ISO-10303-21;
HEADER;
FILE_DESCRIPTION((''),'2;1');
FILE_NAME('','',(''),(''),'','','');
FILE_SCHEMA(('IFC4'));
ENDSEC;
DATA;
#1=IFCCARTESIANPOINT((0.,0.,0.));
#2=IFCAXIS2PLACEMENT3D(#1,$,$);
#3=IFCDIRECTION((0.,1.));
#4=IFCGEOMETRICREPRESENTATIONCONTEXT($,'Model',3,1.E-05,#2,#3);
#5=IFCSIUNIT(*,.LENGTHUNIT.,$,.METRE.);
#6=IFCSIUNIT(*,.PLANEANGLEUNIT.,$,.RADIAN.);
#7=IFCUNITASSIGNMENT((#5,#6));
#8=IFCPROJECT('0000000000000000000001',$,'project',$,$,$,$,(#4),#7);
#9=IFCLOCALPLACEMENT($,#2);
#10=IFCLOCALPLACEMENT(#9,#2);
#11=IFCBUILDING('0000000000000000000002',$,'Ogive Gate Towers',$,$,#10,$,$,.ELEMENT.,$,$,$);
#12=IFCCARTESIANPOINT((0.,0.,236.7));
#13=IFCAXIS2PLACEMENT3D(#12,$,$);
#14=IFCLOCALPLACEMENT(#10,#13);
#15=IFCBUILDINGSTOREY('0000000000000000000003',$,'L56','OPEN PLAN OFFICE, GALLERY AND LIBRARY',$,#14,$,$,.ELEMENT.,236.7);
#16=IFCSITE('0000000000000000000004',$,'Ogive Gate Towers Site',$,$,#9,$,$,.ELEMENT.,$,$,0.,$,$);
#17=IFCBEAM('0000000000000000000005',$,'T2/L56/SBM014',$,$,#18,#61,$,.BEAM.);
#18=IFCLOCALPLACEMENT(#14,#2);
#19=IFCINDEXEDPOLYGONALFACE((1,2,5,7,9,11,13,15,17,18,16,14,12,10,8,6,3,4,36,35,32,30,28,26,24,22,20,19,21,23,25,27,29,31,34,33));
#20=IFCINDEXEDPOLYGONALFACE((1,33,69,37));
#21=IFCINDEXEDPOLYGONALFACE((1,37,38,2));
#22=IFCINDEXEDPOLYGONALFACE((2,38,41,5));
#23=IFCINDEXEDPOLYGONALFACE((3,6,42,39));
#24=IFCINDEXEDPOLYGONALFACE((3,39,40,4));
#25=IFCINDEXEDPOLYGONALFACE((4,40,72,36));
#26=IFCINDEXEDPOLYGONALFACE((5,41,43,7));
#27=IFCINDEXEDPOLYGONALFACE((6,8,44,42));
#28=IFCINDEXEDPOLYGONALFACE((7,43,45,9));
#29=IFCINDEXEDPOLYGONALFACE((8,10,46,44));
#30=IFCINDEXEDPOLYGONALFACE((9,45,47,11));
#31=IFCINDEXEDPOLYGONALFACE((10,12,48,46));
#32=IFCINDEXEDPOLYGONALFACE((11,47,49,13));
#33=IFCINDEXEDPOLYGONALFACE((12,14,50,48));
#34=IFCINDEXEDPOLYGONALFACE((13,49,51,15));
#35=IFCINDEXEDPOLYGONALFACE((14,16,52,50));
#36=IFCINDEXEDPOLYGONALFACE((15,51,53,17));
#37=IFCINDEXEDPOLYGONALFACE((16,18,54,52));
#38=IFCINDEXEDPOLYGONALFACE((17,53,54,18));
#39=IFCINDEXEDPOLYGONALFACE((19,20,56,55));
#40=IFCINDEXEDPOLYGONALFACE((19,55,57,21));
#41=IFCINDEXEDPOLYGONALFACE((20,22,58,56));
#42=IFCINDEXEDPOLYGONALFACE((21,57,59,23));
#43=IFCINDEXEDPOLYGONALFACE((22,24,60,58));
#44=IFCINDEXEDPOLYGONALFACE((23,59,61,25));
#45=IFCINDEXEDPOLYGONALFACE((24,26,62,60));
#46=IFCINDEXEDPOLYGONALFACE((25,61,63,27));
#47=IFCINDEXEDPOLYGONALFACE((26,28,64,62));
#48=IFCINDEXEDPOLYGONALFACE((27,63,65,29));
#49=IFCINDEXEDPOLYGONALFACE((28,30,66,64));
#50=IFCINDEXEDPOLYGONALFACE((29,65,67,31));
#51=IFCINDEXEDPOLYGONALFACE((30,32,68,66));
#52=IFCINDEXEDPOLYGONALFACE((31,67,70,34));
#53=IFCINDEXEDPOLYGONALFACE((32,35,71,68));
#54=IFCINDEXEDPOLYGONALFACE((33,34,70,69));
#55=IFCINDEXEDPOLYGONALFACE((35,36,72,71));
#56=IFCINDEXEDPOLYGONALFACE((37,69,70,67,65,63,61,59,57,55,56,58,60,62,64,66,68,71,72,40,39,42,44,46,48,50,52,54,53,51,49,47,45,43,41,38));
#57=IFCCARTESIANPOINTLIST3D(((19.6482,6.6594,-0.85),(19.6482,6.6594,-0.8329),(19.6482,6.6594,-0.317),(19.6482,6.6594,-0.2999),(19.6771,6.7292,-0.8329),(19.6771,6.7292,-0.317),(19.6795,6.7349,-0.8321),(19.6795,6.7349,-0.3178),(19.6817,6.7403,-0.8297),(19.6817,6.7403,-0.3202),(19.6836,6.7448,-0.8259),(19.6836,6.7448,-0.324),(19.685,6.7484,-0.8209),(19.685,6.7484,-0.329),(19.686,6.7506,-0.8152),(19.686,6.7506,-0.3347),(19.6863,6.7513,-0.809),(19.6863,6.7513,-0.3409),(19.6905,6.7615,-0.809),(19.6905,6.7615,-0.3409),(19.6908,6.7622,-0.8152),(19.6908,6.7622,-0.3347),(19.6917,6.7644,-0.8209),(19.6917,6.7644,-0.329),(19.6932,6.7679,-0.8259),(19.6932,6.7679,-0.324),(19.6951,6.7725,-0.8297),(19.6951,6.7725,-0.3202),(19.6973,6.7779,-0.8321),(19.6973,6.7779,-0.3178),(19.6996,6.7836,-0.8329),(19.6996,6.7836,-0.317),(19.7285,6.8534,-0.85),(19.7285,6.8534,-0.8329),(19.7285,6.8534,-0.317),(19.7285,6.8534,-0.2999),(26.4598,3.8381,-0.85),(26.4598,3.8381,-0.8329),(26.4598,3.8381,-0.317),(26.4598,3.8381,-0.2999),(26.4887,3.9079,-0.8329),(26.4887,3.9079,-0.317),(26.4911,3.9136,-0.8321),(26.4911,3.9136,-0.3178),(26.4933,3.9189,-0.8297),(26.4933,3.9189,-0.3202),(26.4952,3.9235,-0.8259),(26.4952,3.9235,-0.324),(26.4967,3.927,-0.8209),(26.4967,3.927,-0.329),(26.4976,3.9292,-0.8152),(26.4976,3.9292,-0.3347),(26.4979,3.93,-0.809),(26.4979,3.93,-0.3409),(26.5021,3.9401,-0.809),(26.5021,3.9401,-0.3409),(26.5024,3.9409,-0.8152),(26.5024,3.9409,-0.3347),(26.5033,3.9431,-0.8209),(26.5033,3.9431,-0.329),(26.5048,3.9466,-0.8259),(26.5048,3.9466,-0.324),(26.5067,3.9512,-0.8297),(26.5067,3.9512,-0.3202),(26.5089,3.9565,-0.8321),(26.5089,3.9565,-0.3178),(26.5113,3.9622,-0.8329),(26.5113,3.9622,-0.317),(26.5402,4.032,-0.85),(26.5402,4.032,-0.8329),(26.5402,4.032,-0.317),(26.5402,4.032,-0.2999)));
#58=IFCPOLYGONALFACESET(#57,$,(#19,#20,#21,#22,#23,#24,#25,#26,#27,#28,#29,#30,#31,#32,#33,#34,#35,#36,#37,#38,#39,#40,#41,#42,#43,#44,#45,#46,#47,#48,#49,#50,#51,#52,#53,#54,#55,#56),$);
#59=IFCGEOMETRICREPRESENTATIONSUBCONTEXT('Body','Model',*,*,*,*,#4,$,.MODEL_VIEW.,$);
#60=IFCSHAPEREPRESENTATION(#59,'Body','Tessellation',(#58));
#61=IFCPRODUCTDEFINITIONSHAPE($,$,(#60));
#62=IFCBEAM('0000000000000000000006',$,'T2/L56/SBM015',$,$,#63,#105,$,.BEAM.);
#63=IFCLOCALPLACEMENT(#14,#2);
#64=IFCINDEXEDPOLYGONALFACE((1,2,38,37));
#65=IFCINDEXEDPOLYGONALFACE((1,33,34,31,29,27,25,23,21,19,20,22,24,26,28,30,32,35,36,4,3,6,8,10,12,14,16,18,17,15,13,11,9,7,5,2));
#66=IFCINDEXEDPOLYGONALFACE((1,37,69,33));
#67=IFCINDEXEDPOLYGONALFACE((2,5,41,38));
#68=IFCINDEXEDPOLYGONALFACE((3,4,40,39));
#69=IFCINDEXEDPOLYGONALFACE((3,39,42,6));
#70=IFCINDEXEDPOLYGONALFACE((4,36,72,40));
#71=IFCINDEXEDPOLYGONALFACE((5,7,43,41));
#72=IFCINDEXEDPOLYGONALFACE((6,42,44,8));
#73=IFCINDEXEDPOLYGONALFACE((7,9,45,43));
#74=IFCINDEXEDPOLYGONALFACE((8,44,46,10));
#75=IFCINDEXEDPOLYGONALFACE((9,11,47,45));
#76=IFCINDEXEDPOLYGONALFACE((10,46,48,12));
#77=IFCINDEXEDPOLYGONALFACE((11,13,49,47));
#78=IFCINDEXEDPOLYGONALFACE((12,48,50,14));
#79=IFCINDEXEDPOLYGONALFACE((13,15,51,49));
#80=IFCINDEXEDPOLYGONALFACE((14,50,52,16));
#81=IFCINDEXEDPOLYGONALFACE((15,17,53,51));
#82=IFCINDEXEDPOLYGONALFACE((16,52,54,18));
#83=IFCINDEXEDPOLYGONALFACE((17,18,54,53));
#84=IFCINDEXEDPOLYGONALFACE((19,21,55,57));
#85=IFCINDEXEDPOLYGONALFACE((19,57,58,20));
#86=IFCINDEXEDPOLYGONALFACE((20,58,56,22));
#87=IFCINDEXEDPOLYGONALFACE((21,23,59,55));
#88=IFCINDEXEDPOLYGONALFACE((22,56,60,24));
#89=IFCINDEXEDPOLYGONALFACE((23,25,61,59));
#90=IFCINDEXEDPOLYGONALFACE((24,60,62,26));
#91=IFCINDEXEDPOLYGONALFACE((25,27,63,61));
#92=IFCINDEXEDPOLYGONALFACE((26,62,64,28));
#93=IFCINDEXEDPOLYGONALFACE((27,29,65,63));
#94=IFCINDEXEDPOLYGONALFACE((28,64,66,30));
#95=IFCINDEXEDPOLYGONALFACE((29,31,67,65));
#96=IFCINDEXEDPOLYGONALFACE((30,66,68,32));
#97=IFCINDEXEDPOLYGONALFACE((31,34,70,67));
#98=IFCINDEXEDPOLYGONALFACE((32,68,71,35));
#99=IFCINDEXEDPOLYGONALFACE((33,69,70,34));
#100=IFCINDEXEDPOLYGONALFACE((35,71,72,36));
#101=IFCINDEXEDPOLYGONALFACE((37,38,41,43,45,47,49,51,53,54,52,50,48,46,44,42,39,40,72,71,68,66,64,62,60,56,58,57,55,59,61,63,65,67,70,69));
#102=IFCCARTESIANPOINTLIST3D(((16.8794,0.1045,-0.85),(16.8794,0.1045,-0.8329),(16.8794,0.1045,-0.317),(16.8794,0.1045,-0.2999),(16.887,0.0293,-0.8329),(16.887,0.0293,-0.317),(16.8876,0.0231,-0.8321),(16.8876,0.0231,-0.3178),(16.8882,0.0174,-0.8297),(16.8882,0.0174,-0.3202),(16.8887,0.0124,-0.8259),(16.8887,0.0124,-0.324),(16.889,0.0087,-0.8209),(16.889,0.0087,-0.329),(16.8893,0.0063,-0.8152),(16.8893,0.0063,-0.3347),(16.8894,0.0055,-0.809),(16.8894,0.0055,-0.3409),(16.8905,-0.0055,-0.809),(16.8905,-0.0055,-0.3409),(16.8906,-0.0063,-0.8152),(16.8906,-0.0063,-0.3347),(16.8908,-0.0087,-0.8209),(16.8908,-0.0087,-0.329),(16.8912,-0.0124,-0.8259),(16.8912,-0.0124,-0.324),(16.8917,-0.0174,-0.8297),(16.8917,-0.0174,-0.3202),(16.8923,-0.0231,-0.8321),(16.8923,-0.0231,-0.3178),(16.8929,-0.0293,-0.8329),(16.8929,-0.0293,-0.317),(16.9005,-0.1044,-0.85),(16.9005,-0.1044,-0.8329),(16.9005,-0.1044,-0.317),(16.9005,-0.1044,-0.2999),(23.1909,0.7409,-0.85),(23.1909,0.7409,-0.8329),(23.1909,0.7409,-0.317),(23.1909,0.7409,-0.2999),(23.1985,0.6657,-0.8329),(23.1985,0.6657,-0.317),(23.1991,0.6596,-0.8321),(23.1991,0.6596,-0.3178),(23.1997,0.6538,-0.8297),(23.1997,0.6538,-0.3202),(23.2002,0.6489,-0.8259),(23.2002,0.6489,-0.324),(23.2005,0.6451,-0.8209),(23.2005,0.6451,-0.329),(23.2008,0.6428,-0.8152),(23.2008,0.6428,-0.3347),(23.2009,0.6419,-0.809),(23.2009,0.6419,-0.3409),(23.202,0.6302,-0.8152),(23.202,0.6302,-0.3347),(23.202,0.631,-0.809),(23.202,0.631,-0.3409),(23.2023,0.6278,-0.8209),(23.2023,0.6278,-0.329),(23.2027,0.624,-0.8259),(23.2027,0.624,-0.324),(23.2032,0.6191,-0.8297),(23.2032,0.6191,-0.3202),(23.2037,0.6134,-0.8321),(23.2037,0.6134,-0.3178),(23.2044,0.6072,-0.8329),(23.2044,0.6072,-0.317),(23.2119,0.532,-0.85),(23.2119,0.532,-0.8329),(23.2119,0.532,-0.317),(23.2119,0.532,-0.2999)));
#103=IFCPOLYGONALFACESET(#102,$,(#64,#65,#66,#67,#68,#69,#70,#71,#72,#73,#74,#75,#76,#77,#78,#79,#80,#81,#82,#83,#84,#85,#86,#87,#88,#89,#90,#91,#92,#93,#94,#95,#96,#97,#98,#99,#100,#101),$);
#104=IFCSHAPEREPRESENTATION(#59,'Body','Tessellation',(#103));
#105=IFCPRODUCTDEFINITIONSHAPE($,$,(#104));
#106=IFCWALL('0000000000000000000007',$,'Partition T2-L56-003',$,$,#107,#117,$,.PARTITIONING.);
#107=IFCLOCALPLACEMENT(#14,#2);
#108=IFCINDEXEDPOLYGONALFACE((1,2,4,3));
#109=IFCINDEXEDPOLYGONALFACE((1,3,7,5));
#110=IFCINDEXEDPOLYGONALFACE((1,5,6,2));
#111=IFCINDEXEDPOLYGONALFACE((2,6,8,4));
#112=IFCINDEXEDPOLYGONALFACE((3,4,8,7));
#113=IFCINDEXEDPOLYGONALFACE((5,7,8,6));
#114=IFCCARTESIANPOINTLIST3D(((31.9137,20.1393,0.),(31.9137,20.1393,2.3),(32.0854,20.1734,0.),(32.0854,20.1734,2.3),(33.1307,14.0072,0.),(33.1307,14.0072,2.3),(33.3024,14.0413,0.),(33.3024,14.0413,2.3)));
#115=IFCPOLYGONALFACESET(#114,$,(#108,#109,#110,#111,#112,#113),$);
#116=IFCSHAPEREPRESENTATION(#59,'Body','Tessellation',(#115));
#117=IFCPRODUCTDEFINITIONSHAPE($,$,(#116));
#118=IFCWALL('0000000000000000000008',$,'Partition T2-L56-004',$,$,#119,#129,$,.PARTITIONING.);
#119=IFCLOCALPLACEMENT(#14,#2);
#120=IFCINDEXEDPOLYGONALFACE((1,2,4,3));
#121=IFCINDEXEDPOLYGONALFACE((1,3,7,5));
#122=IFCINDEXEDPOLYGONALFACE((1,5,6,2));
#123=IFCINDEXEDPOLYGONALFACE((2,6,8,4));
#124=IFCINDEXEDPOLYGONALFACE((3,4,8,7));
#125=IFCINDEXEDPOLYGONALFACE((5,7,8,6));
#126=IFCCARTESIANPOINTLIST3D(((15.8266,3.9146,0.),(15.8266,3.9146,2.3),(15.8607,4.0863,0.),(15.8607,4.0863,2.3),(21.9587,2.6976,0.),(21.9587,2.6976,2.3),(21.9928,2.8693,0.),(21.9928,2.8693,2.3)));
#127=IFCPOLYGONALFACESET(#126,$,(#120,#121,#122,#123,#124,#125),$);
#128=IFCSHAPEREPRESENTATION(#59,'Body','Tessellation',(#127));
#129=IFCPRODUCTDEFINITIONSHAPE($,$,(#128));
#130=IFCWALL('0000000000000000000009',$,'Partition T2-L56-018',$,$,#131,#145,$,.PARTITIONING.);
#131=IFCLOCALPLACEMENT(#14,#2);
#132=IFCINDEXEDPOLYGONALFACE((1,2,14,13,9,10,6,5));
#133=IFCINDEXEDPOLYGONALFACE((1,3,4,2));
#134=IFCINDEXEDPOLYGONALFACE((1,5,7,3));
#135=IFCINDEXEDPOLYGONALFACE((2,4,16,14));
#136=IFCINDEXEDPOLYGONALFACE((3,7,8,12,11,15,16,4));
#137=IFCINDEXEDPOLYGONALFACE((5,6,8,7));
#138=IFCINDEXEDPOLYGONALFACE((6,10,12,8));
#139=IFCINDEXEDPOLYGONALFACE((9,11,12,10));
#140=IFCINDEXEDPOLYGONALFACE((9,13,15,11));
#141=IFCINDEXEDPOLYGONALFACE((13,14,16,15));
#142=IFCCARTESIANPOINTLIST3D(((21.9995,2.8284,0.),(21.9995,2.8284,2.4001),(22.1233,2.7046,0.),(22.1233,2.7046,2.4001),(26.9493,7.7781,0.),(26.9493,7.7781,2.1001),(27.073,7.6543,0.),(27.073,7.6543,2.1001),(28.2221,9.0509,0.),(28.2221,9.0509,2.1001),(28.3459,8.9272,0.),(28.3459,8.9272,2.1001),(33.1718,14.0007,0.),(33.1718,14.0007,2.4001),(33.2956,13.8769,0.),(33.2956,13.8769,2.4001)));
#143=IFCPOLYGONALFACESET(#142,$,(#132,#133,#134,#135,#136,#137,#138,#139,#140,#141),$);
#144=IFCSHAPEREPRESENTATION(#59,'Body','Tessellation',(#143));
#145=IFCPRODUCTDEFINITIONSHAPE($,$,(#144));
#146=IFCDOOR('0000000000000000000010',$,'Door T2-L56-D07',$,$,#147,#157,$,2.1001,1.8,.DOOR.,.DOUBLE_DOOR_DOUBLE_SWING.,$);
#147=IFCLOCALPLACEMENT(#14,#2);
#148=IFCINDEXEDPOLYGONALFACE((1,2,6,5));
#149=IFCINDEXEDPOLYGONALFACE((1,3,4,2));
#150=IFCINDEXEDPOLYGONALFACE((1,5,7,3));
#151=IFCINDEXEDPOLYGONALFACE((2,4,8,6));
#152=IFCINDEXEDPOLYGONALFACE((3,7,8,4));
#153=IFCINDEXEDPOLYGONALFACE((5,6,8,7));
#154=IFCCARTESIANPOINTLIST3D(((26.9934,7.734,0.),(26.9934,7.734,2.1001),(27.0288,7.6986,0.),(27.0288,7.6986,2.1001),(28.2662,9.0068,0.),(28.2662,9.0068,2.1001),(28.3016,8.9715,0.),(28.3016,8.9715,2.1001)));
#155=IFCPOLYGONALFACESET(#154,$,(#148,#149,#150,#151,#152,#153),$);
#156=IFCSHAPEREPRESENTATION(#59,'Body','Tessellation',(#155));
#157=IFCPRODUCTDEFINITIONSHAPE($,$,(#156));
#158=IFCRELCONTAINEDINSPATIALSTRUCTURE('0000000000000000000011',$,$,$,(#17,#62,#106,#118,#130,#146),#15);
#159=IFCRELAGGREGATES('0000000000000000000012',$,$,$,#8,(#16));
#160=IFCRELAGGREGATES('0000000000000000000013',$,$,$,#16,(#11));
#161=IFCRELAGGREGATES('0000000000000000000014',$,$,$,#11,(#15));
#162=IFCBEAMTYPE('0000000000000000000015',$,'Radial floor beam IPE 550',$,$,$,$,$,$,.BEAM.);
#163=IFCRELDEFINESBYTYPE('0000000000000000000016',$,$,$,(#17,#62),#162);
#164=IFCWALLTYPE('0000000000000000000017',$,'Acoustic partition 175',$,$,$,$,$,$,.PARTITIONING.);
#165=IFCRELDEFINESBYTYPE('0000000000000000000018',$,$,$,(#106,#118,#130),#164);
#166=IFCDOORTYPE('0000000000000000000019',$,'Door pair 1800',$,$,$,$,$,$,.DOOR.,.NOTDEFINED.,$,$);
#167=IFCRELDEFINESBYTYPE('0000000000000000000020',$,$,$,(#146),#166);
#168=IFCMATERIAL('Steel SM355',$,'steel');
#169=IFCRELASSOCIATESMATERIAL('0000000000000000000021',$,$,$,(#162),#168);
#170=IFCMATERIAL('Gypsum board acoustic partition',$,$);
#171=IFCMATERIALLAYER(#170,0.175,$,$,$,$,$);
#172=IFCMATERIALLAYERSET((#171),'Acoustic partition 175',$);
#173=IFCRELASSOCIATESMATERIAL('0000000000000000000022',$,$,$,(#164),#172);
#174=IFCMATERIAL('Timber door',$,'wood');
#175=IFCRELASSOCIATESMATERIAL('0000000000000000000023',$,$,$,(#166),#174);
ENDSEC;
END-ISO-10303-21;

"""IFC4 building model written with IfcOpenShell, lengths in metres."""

from ifc_helpers import new_model, si_unit, direction, frame, frame_2d, origin, origin_2d, place, context, subcontext, project, spatial, rectangle, i_section, extrude, material, layer, layer_set, material_profile, profile_set, type_object, element, fill, save


model = new_model("IFC4")

# Units and contexts
model_context = context("Model", 3, precision=1e-05, world=origin(), true_north=direction((0.0, 1.0)))
body_context = subcontext(model_context, "Body", "Model", "MODEL_VIEW")
ifc_project = project(units=[si_unit("LENGTHUNIT", "METRE"), si_unit("PLANEANGLEUNIT", "RADIAN")], contexts=[model_context])

# Site, building, storey
site_placement = place(None, origin())
site = spatial("IfcSite", under=ifc_project, at=site_placement, Name="Ogive Gate Towers Site", CompositionType="ELEMENT", RefElevation=0.0)
building_placement = place(site_placement, origin())
building = spatial("IfcBuilding", under=site, at=building_placement, Name="Ogive Gate Towers", CompositionType="ELEMENT")
storey_placement = place(building_placement, frame((0.0, 0.0, 236.7)))
storey = spatial("IfcBuildingStorey", under=building, at=storey_placement, Name="L56", Description="OPEN PLAN OFFICE, GALLERY AND LIBRARY", CompositionType="ELEMENT", Elevation=236.7)

# Beams
ifc_material_1 = material(Name="Steel SM355", Category="steel")
ifc_material_profile_1 = material_profile(ifc_material_1, i_section(OverallWidth=0.21, OverallDepth=0.55, WebThickness=0.011, FlangeThickness=0.0171, FilletRadius=0.0239, at=origin_2d()), Name="IPE 550")
ifc_profile_set_1 = profile_set([ifc_material_profile_1], Name="Steel SM355")
beam_type_1 = type_object("IfcBeamType", Name="Radial floor beam IPE 550", PredefinedType="BEAM", material=ifc_profile_set_1)
beam_1_placement = place(storey_placement, frame((26.5, 3.9351, -0.575), z_axis=(-0.923886, 0.382668, 0.0), x_axis=(-0.382668, -0.923886, 0.0)))
element("IfcBeam", 1, at=beam_1_placement, inside=storey, type_object=beam_type_1, Name="T2/L56/SBM014", PredefinedType="BEAM", context=body_context, shape_type="SweptSolid", body=[
    extrude(i_section(OverallWidth=0.21, OverallDepth=0.55, WebThickness=0.011, FlangeThickness=0.0171, FilletRadius=0.0239, at=origin_2d()), origin(), (0.0, 0.0, 1.0), 7.3728),
])
beam_2_placement = place(storey_placement, frame((23.2014, 0.6365, -0.575), z_axis=(-0.994954, -0.100334, 0.0), x_axis=(0.100334, -0.994954, 0.0)))
element("IfcBeam", 2, at=beam_2_placement, inside=storey, type_object=beam_type_1, Name="T2/L56/SBM015", PredefinedType="BEAM", context=body_context, shape_type="SweptSolid", body=[
    extrude(i_section(OverallWidth=0.21, OverallDepth=0.55, WebThickness=0.011, FlangeThickness=0.0171, FilletRadius=0.0239, at=origin_2d()), origin(), (0.0, 0.0, 1.0), 6.3435),
])

# Walls
ifc_material_2 = material(Name="Gypsum board acoustic partition")
ifc_layer_1 = layer(ifc_material_2, 0.175)
ifc_layer_set_1 = layer_set([ifc_layer_1], Name="Acoustic partition 175")
wall_type_1 = type_object("IfcWallType", Name="Acoustic partition 175", PredefinedType="PARTITIONING", material=ifc_layer_set_1)
for number, where, z_axis, x_axis, name in (
    (3, (31.9995, 20.1565, 0.0), (0.0, 0.0, 1.0), (0.194674, -0.980868, 0.0), "Partition T2-L56-003"),
    (4, (15.8435, 4.0005, 0.0), (0.0, 0.0, 1.0), (0.980868, -0.194674, 0.0), "Partition T2-L56-004"),
):
    element("IfcWall", number, at=place(storey_placement, frame(where, z_axis=z_axis, x_axis=x_axis)), inside=storey, type_object=wall_type_1, Name=name, PredefinedType="PARTITIONING", context=body_context, shape_type="SweptSolid", body=[
        extrude(rectangle(XDim=6.2517, YDim=0.175, at=frame_2d((3.126, 0.0))), origin(), (0.0, 0.0, 1.0), 2.3),
    ])

# Wall, opening, door
wall_1_placement = place(storey_placement, frame((33.2336, 13.9387, 0.0), z_axis=(0.0, 0.0, 1.0), x_axis=(-0.707107, -0.707107, 0.0)))
wall_1 = element("IfcWall", 5, at=wall_1_placement, inside=storey, type_object=wall_type_1, Name="Partition T2-L56-018", PredefinedType="PARTITIONING", context=body_context, shape_type="SweptSolid", body=[
    extrude(rectangle(XDim=15.8, YDim=0.175, at=frame_2d((7.8999, 0.0))), origin(), (0.0, 0.0, 1.0), 2.4001),
])
opening_1_placement = place(wall_1_placement, frame((7.0, 0.0, 0.0)))
opening_1 = element("IfcOpeningElement", 6, at=opening_1_placement, cuts=wall_1, PredefinedType="OPENING", context=body_context, shape_type="SweptSolid", body=[
    extrude(rectangle(XDim=1.8, YDim=2.1001, at=frame_2d((0.8999, 1.05))), frame((0.0, 0.0977, 0.0), z_axis=(0.0, -1.0, 0.0), x_axis=(1.0, 0.0, 0.0)), (0.0, 0.0, 1.0), 0.1951),
])
ifc_material_3 = material(Name="Timber door", Category="wood")
door_type_1 = type_object("IfcDoorType", Name="Door pair 1800", OperationType="NOTDEFINED", PredefinedType="DOOR", material=ifc_material_3)
door_1_placement = place(opening_1_placement, origin())
door_1 = element("IfcDoor", 7, at=door_1_placement, inside=storey, type_object=door_type_1, Name="Door T2-L56-D07", OperationType="DOUBLE_DOOR_DOUBLE_SWING", OverallHeight=2.1001, OverallWidth=1.8, PredefinedType="DOOR", context=body_context, shape_type="SweptSolid", body=[
    extrude(rectangle(XDim=1.8, YDim=2.1001, at=frame_2d((0.8999, 1.05))), frame((0.0, 0.0249, 0.0), z_axis=(0.0, -1.0, 0.0), x_axis=(1.0, 0.0, 0.0)), (0.0, 0.0, 1.0), 0.05),
])
fill(opening_1, door_1)

save(model, "model.ifc")
